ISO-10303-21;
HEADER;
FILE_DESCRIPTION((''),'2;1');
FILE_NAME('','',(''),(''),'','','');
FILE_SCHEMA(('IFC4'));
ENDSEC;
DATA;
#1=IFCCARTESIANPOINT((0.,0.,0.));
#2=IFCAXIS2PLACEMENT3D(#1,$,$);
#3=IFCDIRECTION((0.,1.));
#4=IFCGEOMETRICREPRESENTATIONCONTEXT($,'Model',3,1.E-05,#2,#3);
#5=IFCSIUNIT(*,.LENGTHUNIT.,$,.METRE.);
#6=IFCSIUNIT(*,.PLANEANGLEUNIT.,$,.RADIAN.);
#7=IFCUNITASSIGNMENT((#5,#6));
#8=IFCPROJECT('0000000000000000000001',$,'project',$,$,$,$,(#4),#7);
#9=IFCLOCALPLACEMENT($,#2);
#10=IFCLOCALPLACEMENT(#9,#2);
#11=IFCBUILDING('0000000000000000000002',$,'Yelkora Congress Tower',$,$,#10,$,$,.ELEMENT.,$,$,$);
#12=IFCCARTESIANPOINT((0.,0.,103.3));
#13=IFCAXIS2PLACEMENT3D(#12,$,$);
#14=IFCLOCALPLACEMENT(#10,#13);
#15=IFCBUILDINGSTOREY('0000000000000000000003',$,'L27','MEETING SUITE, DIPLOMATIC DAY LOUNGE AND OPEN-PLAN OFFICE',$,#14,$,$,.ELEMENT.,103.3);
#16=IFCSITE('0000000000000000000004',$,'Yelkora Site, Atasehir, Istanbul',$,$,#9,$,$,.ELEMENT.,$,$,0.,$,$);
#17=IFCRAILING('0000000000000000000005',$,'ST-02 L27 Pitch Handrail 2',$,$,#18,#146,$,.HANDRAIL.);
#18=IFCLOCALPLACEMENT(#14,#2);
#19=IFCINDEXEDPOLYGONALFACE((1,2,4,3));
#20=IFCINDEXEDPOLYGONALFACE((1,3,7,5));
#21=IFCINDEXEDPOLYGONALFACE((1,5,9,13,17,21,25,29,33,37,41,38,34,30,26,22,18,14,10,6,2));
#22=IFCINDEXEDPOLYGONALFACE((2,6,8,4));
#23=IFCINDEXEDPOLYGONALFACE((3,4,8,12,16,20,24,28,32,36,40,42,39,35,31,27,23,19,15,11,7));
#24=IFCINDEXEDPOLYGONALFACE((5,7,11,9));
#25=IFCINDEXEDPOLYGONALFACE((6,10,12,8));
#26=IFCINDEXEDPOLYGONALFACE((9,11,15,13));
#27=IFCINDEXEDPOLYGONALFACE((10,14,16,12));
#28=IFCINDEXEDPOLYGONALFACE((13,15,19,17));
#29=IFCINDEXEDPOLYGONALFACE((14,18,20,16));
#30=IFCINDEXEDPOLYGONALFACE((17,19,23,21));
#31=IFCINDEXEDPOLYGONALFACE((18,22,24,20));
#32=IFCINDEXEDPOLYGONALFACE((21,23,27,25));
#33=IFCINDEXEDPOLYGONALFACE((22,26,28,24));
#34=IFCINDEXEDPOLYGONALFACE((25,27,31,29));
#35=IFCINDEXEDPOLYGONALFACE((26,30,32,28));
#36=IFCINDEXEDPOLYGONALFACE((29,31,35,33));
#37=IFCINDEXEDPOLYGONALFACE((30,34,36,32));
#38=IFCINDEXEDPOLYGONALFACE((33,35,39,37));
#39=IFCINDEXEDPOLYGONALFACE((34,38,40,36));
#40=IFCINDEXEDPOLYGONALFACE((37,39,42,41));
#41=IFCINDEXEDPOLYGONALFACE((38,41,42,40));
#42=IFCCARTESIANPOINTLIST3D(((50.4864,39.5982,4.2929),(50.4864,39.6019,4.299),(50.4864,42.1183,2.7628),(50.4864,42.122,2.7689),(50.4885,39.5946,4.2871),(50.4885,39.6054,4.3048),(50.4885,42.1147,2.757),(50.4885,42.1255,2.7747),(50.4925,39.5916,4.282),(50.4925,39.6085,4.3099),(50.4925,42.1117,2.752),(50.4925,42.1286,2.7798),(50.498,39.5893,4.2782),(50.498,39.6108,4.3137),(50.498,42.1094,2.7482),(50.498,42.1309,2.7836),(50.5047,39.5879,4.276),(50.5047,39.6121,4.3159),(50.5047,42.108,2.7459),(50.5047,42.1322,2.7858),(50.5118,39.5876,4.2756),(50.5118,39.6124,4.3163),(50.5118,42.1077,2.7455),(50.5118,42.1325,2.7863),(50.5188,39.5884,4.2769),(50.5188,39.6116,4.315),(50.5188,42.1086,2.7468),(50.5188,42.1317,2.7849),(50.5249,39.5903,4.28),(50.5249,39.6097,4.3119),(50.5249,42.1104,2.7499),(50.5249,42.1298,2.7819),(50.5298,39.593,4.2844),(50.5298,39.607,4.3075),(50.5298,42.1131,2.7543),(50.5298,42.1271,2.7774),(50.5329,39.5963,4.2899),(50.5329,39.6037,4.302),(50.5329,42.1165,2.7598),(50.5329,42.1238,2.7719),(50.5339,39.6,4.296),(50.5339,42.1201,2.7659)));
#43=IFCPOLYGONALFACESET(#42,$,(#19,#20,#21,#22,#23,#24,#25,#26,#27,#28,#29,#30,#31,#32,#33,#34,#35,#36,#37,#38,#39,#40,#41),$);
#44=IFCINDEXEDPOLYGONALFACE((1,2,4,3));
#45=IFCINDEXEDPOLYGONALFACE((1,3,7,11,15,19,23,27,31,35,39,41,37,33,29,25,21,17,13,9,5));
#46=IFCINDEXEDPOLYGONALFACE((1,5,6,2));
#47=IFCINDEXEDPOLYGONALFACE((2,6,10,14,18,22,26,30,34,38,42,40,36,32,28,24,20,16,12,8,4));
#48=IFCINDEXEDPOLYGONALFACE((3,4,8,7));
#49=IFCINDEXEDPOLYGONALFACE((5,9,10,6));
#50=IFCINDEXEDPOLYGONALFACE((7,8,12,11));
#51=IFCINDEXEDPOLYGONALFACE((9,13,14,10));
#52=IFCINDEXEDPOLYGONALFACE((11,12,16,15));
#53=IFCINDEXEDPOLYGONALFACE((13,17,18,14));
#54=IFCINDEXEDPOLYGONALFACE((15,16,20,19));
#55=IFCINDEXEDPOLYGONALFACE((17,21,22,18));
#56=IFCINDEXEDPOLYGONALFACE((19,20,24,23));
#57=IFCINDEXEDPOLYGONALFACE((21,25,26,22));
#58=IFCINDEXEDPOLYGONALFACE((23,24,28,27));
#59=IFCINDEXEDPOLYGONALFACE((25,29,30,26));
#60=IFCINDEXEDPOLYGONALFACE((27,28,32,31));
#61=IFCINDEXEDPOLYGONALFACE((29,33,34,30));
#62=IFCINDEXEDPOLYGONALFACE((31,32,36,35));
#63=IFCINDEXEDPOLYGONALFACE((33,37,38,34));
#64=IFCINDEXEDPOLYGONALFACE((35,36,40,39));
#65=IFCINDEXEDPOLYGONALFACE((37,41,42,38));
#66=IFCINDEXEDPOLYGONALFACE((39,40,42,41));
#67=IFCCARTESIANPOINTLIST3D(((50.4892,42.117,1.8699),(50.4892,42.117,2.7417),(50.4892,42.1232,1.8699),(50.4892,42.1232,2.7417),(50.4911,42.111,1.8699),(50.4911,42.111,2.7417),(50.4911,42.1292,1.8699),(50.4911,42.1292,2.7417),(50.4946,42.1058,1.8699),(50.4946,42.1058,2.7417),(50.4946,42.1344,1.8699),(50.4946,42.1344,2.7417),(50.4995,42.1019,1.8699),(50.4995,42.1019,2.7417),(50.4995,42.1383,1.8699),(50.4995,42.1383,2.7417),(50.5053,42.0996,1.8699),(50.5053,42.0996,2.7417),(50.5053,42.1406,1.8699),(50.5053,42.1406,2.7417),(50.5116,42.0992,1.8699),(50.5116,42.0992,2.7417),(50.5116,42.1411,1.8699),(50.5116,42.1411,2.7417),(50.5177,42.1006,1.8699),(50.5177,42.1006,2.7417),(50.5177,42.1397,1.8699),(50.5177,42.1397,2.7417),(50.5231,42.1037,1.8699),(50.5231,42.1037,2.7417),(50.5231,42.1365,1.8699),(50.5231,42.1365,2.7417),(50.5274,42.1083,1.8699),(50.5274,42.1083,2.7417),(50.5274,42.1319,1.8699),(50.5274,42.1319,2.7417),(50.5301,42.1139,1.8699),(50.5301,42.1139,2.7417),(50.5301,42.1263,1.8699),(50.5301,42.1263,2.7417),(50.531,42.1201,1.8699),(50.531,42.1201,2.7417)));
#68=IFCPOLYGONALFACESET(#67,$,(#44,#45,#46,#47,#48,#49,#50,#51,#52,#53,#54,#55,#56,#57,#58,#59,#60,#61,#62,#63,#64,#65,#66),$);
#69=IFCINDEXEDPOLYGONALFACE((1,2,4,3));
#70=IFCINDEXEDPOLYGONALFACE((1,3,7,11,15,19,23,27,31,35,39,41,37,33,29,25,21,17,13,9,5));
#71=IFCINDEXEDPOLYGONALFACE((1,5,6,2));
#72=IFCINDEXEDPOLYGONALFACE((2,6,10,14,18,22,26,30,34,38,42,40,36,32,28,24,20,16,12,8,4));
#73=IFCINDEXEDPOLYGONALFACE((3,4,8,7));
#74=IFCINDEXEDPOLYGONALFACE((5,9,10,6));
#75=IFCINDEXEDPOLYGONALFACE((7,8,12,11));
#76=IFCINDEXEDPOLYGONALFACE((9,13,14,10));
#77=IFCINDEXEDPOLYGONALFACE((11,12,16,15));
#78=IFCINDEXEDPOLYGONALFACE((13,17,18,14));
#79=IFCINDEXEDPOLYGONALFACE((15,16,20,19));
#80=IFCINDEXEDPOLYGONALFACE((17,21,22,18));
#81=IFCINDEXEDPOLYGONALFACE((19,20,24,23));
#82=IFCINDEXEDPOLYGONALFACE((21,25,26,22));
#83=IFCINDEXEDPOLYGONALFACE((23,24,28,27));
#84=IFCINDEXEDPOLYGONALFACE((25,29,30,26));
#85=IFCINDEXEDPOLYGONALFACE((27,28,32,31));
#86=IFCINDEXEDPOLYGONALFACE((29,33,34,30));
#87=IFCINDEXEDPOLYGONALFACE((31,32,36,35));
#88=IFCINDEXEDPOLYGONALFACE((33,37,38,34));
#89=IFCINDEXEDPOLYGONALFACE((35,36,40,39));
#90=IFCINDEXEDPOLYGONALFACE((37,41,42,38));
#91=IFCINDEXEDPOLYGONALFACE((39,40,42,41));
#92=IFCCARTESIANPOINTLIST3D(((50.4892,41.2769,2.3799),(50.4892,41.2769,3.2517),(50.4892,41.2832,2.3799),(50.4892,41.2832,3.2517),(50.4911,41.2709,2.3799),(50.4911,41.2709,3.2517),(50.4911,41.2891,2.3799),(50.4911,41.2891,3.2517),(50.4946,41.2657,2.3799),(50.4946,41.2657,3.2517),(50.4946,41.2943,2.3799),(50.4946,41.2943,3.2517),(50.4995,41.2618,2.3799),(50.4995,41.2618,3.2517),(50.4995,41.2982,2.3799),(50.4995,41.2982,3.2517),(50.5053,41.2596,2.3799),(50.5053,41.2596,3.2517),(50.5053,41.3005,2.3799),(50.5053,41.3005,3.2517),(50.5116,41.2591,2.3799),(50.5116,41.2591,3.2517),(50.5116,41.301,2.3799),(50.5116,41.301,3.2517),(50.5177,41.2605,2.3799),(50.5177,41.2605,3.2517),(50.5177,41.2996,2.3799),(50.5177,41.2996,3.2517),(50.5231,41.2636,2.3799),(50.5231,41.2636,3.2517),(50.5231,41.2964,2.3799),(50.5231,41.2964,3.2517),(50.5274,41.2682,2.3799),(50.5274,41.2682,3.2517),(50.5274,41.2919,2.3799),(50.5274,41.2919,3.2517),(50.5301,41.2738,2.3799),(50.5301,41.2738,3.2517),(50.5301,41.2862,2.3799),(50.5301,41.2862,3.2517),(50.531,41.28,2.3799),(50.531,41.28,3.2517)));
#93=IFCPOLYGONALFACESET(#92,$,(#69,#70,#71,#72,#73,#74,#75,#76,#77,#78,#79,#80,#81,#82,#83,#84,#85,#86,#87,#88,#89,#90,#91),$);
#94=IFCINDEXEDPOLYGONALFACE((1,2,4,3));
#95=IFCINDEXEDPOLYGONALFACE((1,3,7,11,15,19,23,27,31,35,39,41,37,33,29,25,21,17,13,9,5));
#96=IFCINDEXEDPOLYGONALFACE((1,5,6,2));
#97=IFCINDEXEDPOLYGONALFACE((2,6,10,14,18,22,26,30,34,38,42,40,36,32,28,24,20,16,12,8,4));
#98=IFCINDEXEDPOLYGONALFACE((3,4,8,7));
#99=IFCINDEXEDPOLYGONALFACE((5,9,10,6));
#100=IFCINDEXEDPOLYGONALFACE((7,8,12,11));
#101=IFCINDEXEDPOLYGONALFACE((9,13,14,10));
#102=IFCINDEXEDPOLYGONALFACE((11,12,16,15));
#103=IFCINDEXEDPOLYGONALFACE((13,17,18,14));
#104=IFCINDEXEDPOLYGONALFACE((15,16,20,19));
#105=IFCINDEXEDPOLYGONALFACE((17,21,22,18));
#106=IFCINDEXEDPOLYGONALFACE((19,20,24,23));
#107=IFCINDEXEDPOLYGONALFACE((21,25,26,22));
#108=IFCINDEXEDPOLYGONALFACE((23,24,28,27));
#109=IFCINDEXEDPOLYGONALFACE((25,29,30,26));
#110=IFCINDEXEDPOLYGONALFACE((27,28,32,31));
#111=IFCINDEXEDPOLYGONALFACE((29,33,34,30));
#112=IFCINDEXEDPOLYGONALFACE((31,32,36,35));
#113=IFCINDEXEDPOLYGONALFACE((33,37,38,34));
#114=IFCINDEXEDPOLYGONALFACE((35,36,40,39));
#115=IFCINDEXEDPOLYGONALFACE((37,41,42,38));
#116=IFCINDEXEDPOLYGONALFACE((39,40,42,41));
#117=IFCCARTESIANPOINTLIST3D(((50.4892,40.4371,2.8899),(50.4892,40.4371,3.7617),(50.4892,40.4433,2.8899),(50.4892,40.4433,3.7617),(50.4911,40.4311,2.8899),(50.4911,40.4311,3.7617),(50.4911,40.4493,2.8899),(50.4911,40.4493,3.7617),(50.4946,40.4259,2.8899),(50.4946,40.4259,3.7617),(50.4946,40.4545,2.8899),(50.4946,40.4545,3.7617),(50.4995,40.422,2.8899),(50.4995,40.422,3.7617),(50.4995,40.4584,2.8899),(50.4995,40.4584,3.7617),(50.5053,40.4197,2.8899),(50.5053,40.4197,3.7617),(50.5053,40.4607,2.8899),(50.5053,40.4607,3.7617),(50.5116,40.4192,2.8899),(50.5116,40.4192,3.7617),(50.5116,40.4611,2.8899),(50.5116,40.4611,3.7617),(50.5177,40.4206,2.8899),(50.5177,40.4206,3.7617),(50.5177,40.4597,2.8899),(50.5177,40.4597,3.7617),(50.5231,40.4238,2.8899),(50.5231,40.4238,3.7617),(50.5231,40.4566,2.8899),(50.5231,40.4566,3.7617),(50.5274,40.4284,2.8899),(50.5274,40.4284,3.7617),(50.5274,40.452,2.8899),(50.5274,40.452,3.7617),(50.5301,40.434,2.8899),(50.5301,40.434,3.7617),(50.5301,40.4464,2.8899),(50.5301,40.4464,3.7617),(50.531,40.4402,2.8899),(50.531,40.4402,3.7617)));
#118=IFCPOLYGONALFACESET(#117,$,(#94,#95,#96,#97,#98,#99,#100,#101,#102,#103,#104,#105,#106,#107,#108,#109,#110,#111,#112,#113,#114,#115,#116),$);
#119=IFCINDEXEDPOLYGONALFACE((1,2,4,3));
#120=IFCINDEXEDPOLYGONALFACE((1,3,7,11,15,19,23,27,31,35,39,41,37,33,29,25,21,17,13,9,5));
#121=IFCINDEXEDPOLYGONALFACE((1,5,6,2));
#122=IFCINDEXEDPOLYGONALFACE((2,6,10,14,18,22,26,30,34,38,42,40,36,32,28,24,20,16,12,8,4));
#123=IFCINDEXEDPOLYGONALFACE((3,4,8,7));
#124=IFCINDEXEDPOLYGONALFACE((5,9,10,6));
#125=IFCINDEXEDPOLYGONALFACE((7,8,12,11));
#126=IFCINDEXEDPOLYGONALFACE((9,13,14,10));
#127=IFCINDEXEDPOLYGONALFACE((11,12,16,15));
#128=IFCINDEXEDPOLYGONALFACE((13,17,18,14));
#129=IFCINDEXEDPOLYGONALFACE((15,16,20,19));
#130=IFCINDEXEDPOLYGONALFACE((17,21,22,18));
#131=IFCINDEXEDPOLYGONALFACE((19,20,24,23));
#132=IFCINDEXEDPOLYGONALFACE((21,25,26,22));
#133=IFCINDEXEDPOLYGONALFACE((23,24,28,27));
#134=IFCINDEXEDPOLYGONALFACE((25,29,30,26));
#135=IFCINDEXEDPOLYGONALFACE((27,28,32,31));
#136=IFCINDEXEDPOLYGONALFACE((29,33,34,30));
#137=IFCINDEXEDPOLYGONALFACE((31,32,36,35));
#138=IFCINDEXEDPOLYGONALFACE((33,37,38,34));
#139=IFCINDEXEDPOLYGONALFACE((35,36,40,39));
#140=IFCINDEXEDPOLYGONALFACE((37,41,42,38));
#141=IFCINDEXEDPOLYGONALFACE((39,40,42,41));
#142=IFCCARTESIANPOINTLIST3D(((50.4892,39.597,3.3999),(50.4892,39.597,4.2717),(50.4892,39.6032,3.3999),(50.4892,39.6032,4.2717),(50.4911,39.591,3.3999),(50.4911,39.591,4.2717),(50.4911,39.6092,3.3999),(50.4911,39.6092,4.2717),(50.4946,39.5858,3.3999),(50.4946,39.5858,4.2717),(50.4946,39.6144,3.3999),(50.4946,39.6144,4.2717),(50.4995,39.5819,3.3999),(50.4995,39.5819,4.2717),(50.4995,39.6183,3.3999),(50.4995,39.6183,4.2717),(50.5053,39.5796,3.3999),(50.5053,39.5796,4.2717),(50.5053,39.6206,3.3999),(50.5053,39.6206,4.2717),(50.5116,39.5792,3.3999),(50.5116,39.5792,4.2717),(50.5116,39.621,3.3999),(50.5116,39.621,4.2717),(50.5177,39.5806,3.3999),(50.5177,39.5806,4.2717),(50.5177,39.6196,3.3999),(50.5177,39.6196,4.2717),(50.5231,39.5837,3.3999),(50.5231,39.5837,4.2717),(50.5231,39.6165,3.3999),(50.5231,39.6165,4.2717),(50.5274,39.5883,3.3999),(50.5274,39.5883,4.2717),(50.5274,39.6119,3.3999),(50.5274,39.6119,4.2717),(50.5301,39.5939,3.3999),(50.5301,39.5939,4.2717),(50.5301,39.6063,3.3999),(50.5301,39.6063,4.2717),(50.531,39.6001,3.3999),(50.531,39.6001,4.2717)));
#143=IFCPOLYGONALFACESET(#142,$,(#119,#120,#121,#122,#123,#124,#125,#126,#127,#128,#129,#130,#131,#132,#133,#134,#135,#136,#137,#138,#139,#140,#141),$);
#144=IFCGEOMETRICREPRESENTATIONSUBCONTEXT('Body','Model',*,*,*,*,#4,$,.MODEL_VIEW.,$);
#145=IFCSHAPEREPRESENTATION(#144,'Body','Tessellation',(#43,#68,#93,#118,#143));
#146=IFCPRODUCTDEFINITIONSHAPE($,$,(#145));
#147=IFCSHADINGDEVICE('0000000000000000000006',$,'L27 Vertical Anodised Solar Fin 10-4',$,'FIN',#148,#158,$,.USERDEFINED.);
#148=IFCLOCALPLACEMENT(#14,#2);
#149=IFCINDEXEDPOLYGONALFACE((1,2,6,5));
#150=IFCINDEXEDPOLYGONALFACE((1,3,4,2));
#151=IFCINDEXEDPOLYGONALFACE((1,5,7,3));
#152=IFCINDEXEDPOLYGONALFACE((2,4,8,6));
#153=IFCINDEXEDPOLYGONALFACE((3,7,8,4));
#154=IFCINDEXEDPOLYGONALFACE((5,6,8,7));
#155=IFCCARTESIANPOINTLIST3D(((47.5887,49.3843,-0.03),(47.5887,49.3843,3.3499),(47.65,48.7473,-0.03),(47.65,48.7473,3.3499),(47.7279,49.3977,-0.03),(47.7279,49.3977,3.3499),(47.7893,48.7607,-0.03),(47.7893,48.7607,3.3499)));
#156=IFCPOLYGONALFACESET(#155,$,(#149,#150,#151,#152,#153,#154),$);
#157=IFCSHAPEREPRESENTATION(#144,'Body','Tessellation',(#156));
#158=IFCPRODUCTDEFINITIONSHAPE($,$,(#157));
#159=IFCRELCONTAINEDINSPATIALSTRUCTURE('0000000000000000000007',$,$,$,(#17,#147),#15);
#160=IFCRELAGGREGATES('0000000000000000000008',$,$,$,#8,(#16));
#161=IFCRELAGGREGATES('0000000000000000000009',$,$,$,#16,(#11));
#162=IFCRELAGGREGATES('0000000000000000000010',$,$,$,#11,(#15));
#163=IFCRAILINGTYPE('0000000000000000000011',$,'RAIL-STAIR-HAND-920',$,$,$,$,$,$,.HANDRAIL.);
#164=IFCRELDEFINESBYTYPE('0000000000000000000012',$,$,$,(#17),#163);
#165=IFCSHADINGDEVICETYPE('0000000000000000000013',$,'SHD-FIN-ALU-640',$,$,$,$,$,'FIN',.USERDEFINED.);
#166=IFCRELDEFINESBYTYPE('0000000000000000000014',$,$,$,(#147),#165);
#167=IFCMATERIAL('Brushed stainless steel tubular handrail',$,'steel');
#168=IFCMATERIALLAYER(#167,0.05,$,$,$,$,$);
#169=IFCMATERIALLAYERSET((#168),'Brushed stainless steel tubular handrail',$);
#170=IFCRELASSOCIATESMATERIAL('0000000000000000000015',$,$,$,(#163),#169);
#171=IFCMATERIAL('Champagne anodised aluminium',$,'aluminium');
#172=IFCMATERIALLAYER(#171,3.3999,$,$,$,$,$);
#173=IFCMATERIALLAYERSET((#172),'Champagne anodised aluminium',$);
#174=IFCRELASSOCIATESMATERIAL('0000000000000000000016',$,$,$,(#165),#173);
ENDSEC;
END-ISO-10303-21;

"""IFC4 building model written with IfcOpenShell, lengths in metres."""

from ifc_helpers import new_model, si_unit, direction, frame, origin, origin_2d, place, context, subcontext, project, spatial, rectangle, circle, extrude, material, layer, layer_set, type_object, element, save


model = new_model("IFC4")

# Units and contexts
model_context = context("Model", 3, precision=1e-05, world=origin(), true_north=direction((0.0, 1.0)))
body_context = subcontext(model_context, "Body", "Model", "MODEL_VIEW")
ifc_project = project(units=[si_unit("LENGTHUNIT", "METRE"), si_unit("PLANEANGLEUNIT", "RADIAN")], contexts=[model_context])

# Site, building, storey
site_placement = place(None, origin())
site = spatial("IfcSite", under=ifc_project, at=site_placement, Name="Yelkora Site, Atasehir, Istanbul", CompositionType="ELEMENT", RefElevation=0.0)
building_placement = place(site_placement, origin())
building = spatial("IfcBuilding", under=site, at=building_placement, Name="Yelkora Congress Tower", CompositionType="ELEMENT")
storey_placement = place(building_placement, frame((0.0, 0.0, 103.3)))
storey = spatial("IfcBuildingStorey", under=building, at=storey_placement, Name="L27", Description="MEETING SUITE, DIPLOMATIC DAY LOUNGE AND OPEN-PLAN OFFICE", CompositionType="ELEMENT", Elevation=103.3)

# Railing
ifc_material_1 = material(Name="Brushed stainless steel tubular handrail", Category="steel")
ifc_layer_1 = layer(ifc_material_1, 0.05)
ifc_layer_set_1 = layer_set([ifc_layer_1], Name="Brushed stainless steel tubular handrail")
railing_type_1 = type_object("IfcRailingType", Name="RAIL-STAIR-HAND-920", PredefinedType="HANDRAIL", material=ifc_layer_set_1)
railing_1_placement = place(storey_placement, frame((50.51, 42.1201, 1.8699)))
element("IfcRailing", 1, at=railing_1_placement, inside=storey, type_object=railing_type_1, Name="ST-02 L27 Pitch Handrail 2", PredefinedType="HANDRAIL", context=body_context, shape_type="SweptSolid", body=[
    extrude(circle(Radius=0.0239, at=origin_2d()), frame((0.0, 0.0, 0.896), z_axis=(0.0, -0.854785, 0.518982), x_axis=(1.0, 0.0, 0.0)), (0.0, 0.0, 1.0), 2.9482),
    extrude(circle(Radius=0.021, at=origin_2d()), origin(), (0.0, 0.0, 1.0), 0.8718),
    extrude(circle(Radius=0.021, at=origin_2d()), frame((0.0, -0.8401, 0.51)), (0.0, 0.0, 1.0), 0.8718),
    extrude(circle(Radius=0.021, at=origin_2d()), frame((0.0, -1.6799, 1.02)), (0.0, 0.0, 1.0), 0.8718),
    extrude(circle(Radius=0.021, at=origin_2d()), frame((0.0, -2.52, 1.53)), (0.0, 0.0, 1.0), 0.8718),
])

# Shading device
ifc_material_2 = material(Name="Champagne anodised aluminium", Category="aluminium")
ifc_layer_2 = layer(ifc_material_2, 3.3999)
ifc_layer_set_2 = layer_set([ifc_layer_2], Name="Champagne anodised aluminium")
shading_device_type = type_object("IfcShadingDeviceType", Name="SHD-FIN-ALU-640", ElementType="FIN", PredefinedType="USERDEFINED", material=ifc_layer_set_2)
shading_device_placement = place(storey_placement, frame((47.689, 49.0725, -0.03), z_axis=(0.0, 0.0, 1.0), x_axis=(0.995396, 0.095846, 0.0)))
element("IfcShadingDevice", 2, at=shading_device_placement, inside=storey, type_object=shading_device_type, Name="L27 Vertical Anodised Solar Fin 10-4", ObjectType="FIN", PredefinedType="USERDEFINED", context=body_context, shape_type="SweptSolid", body=[
    extrude(rectangle(XDim=0.1399, YDim=0.6399, at=origin_2d()), origin(), (0.0, 0.0, 1.0), 3.3799),
])

save(model, "model.ifc")
